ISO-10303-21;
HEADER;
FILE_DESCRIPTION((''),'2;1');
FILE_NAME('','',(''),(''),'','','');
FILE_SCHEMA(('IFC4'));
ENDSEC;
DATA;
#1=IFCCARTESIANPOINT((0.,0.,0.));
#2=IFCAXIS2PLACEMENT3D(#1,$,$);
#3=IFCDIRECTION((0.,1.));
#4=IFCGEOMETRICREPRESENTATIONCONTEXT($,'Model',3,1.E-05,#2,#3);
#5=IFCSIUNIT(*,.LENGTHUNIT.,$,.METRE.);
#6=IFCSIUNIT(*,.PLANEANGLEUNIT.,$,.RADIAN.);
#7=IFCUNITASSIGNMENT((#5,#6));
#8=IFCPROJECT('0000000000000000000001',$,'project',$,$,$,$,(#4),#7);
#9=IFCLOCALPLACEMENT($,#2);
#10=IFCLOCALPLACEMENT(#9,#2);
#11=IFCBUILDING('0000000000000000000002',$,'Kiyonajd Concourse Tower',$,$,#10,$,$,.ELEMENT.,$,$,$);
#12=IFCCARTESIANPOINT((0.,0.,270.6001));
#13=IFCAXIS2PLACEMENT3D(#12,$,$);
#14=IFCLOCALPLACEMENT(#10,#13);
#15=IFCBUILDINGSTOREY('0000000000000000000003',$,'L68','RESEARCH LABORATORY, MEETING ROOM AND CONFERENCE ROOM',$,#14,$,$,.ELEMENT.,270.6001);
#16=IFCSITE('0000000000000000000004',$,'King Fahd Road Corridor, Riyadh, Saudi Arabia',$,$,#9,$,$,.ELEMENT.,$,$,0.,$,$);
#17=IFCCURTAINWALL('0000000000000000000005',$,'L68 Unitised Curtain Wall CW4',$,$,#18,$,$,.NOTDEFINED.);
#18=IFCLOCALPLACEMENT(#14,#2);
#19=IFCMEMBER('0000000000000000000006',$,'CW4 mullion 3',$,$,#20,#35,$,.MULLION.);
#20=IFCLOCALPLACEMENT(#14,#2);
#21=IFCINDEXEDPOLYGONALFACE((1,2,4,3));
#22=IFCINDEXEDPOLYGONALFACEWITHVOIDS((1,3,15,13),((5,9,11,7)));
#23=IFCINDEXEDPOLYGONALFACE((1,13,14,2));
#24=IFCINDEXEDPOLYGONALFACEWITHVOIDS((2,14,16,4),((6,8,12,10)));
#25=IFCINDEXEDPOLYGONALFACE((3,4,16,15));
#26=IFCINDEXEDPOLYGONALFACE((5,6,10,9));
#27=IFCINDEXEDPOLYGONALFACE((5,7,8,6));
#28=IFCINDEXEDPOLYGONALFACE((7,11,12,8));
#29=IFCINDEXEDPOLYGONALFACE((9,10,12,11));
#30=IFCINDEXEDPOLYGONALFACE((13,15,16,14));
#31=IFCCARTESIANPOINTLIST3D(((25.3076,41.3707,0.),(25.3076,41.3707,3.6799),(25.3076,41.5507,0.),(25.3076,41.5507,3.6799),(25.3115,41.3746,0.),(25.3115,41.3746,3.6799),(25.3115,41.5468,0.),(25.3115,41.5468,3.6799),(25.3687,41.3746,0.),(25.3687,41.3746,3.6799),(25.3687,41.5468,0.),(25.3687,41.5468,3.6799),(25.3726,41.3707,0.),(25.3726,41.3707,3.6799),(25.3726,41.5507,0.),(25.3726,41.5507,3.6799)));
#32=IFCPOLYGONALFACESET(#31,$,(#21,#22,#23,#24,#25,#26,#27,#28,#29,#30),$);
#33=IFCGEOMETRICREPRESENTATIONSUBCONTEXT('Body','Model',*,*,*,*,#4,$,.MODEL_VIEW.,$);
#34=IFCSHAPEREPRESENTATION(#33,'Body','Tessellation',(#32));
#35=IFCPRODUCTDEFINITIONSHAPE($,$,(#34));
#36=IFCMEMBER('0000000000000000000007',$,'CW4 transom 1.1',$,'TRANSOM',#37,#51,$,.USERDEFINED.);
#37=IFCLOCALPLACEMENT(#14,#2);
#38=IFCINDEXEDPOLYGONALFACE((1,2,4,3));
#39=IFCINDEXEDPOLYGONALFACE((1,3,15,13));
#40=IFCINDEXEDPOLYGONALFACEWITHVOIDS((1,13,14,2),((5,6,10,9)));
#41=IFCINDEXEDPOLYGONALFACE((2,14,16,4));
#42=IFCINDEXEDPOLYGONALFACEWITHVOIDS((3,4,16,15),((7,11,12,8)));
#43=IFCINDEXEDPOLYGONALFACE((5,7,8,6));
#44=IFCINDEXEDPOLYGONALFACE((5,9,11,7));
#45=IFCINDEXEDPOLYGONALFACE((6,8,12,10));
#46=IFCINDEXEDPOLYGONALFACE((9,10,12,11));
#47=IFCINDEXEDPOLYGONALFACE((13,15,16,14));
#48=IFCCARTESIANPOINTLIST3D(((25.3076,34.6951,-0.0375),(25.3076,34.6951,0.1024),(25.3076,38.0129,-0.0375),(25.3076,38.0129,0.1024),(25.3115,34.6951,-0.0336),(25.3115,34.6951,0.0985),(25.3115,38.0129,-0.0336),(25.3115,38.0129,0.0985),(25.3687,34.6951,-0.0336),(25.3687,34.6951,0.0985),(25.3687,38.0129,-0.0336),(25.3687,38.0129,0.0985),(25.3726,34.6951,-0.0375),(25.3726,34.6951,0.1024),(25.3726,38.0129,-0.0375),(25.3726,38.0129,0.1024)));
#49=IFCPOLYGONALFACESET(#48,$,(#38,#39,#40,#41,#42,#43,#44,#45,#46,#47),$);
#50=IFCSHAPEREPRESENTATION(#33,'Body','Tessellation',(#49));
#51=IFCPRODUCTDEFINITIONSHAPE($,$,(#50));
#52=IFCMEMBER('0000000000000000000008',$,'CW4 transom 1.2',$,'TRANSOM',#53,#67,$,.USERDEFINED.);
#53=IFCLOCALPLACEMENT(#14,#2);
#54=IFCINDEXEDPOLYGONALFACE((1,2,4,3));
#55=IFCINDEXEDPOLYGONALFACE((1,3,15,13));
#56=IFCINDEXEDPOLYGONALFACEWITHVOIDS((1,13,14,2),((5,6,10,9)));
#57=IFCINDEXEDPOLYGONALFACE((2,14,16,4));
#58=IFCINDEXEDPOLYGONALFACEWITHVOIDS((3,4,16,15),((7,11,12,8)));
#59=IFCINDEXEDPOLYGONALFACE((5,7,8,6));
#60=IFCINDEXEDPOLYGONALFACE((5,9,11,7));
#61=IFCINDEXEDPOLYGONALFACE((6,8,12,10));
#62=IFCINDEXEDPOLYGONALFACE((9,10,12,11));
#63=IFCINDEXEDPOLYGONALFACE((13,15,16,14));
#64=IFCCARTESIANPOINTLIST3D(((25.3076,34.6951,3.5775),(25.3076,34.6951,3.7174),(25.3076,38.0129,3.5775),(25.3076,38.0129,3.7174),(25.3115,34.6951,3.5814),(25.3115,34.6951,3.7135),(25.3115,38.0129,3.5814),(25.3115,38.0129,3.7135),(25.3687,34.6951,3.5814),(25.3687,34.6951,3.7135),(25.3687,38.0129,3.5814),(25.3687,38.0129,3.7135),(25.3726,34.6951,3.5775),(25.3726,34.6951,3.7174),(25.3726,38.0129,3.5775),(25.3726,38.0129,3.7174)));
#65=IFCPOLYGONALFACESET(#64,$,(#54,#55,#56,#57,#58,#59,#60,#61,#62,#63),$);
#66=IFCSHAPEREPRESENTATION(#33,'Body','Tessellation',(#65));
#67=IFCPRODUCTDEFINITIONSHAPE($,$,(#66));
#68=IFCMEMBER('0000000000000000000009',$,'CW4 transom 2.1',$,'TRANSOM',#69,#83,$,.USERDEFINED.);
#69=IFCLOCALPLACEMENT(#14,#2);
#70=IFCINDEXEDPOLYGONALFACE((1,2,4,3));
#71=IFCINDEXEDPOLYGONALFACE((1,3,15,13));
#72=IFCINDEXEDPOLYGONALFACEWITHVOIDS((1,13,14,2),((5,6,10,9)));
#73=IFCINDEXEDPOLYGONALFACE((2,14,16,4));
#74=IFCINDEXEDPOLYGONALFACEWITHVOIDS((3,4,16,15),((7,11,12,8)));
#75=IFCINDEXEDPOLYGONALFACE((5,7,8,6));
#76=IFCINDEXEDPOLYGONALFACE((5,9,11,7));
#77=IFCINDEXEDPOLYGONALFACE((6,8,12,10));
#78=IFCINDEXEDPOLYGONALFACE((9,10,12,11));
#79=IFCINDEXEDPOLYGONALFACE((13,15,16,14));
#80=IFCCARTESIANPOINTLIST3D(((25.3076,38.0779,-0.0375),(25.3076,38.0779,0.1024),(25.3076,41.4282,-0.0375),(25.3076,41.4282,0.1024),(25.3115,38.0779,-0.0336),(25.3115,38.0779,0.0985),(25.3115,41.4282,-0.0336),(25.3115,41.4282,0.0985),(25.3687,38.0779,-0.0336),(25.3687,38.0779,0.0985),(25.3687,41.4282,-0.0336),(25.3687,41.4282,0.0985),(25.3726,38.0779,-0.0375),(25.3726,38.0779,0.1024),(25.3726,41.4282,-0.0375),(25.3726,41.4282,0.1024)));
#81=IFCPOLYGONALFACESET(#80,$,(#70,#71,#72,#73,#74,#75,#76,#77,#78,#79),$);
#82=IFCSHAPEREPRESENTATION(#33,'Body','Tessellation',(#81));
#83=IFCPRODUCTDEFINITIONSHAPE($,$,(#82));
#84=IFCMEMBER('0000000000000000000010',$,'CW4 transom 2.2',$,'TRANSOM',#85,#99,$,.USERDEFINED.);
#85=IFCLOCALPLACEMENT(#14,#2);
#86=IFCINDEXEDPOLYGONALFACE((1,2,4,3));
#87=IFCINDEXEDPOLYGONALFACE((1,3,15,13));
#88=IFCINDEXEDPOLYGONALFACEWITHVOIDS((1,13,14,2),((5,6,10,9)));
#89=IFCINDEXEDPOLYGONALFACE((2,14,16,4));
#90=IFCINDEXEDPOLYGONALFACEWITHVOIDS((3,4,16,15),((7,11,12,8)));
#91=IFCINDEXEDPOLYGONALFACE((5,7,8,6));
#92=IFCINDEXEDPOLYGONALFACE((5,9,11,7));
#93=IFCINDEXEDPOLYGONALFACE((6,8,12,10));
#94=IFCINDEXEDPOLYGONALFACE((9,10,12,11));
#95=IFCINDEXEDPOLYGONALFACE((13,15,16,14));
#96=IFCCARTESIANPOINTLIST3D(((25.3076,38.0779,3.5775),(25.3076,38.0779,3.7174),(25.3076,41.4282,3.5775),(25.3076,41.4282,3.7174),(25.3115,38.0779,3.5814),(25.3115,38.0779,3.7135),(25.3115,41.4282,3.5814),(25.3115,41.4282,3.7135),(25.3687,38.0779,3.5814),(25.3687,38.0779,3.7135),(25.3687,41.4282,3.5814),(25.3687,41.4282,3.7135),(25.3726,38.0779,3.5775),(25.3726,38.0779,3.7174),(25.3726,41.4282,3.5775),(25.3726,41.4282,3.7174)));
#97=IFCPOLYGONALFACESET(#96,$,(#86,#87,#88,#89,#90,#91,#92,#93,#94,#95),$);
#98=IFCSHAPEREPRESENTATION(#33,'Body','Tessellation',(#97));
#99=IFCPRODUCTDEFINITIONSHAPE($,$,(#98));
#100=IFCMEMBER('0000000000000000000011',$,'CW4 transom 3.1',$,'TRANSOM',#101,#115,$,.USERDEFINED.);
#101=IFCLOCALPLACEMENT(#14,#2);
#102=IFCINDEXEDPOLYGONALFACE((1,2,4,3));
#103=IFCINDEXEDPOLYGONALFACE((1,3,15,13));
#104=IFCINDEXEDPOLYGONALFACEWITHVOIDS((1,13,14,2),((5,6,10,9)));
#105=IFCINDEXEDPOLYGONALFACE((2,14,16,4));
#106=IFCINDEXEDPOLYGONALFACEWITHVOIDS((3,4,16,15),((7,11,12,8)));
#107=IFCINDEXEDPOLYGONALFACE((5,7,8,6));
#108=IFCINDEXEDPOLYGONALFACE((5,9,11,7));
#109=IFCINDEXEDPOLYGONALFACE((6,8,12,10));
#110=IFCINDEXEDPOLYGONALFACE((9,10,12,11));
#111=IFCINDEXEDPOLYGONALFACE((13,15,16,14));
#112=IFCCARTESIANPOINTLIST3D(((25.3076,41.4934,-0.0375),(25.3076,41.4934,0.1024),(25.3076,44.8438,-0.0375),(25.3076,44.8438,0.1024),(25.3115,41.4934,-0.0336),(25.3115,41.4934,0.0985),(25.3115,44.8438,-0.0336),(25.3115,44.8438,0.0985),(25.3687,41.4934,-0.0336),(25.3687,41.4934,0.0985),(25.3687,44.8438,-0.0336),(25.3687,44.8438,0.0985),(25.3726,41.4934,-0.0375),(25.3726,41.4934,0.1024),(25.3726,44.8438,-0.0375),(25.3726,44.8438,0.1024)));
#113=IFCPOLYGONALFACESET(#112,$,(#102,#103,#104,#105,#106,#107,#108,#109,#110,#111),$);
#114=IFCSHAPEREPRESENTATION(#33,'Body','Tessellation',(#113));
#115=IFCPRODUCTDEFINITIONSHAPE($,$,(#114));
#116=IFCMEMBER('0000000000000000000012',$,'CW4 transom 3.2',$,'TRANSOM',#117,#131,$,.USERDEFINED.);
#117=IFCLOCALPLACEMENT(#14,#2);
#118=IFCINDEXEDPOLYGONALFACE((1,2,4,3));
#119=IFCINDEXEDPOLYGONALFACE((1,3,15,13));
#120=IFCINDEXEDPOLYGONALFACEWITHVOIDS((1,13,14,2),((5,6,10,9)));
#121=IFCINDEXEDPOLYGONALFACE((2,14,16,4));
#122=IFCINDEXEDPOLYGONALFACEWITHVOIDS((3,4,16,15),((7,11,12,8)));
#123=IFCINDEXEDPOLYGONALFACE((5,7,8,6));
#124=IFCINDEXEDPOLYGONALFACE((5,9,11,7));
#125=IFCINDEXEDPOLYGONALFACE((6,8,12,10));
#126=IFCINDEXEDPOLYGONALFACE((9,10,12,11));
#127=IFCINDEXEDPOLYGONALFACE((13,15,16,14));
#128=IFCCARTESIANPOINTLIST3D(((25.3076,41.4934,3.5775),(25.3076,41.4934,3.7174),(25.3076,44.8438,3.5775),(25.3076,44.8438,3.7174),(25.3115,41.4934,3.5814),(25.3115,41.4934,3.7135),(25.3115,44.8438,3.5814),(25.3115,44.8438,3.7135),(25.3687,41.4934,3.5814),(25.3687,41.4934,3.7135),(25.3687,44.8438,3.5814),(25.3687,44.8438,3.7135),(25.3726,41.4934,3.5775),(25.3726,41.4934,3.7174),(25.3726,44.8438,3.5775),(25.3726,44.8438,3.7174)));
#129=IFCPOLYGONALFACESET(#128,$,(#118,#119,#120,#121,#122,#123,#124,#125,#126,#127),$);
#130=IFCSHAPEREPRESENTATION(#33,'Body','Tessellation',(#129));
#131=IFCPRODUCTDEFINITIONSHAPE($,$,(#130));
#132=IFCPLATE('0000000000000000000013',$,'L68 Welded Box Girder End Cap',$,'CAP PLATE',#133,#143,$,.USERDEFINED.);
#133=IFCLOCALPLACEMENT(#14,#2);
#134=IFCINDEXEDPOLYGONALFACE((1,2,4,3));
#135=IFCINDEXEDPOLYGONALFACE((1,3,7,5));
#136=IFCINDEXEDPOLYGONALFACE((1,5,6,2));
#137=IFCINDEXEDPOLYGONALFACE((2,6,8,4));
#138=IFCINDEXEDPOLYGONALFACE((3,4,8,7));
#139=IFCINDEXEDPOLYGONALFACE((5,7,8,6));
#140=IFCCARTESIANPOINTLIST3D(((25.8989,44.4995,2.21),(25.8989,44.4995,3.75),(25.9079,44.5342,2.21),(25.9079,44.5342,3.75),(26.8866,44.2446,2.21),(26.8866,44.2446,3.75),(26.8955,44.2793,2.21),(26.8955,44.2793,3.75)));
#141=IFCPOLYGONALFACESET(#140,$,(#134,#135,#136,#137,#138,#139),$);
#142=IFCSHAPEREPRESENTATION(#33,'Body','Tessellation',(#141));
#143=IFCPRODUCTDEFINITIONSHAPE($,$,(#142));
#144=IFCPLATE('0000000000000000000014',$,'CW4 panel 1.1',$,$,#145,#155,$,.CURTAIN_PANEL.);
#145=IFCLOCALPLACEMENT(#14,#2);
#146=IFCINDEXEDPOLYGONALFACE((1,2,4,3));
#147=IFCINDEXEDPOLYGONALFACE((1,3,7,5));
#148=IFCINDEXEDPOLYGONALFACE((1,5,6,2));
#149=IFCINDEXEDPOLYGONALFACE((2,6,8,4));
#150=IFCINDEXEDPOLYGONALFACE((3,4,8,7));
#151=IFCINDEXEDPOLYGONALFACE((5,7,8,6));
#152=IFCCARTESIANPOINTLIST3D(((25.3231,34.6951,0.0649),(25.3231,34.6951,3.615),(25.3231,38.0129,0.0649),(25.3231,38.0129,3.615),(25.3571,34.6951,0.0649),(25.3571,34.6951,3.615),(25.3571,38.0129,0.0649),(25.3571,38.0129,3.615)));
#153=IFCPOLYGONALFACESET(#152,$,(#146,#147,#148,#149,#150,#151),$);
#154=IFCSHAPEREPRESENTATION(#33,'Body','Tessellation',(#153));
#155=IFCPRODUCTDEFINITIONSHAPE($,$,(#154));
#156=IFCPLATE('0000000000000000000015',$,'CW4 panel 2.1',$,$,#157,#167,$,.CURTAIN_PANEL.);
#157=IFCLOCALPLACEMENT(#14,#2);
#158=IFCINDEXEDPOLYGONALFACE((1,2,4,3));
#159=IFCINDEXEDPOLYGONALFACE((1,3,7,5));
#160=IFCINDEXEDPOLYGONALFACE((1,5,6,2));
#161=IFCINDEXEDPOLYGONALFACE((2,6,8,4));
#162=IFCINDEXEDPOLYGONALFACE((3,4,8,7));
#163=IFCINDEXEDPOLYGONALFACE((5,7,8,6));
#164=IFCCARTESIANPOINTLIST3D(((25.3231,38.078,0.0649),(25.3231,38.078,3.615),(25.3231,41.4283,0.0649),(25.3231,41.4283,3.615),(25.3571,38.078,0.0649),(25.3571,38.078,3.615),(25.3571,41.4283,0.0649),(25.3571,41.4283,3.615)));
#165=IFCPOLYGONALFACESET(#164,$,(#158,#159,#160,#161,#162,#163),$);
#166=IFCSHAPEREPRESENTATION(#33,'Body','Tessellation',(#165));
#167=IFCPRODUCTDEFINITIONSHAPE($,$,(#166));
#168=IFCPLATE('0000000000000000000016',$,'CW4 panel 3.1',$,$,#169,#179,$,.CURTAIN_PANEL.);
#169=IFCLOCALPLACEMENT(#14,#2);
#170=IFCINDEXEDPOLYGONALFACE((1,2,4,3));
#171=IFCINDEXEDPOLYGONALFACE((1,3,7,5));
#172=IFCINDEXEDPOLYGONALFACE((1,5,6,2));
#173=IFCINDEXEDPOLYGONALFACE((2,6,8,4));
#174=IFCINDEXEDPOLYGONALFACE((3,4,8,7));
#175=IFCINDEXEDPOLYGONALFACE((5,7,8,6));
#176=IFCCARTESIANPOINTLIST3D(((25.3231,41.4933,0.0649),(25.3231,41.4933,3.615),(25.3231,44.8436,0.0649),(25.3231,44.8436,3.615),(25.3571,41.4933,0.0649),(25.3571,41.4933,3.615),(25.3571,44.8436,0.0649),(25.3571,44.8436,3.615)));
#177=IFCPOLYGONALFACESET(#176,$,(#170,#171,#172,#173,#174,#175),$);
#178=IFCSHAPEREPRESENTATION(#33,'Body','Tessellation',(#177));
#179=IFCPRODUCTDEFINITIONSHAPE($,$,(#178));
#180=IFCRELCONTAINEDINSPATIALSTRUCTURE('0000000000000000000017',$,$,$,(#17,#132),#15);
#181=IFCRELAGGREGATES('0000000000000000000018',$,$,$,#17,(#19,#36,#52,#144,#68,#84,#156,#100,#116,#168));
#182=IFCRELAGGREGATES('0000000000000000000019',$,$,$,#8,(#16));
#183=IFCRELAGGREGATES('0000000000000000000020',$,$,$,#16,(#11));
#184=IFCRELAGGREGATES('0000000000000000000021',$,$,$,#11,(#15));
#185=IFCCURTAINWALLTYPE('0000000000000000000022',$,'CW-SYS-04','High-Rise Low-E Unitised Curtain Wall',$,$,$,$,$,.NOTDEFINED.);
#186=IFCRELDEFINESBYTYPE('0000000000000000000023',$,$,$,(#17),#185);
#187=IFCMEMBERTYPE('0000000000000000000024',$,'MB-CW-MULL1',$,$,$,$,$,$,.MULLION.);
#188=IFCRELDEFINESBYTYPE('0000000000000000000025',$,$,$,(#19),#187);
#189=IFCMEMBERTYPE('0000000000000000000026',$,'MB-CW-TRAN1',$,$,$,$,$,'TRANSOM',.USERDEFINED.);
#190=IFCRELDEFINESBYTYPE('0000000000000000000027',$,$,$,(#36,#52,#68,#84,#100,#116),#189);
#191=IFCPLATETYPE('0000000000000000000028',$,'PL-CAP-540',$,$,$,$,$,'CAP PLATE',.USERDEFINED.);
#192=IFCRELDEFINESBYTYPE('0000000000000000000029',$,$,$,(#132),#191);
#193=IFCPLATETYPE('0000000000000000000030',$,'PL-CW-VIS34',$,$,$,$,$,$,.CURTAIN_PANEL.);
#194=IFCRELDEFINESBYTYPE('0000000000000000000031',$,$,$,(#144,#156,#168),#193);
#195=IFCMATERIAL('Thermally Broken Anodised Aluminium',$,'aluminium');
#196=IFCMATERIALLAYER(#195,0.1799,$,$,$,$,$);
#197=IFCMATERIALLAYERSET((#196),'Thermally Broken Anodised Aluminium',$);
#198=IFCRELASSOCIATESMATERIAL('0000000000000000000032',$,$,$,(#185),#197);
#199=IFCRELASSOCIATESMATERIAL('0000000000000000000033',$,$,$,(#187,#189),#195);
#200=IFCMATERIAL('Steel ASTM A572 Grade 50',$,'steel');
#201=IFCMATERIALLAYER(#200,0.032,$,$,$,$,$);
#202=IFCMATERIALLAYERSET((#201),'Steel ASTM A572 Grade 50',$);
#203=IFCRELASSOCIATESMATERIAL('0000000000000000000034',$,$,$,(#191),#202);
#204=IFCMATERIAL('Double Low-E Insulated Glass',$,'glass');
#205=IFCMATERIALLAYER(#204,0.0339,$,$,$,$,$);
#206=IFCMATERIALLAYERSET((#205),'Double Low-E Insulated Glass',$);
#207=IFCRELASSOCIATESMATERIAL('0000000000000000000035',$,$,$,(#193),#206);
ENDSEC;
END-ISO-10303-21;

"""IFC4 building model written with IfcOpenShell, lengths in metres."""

from ifc_helpers import new_model, si_unit, direction, frame, origin, origin_2d, place, context, subcontext, project, spatial, rectangle, hollow_rectangle, extrude, material, layer, layer_set, material_profile, profile_set, type_object, element, aggregate, save


model = new_model("IFC4")

# Units and contexts
model_context = context("Model", 3, precision=1e-05, world=origin(), true_north=direction((0.0, 1.0)))
body_context = subcontext(model_context, "Body", "Model", "MODEL_VIEW")
ifc_project = project(units=[si_unit("LENGTHUNIT", "METRE"), si_unit("PLANEANGLEUNIT", "RADIAN")], contexts=[model_context])

# Site, building, storey
site_placement = place(None, origin())
site = spatial("IfcSite", under=ifc_project, at=site_placement, Name="King Fahd Road Corridor, Riyadh, Saudi Arabia", CompositionType="ELEMENT", RefElevation=0.0)
building_placement = place(site_placement, origin())
building = spatial("IfcBuilding", under=site, at=building_placement, Name="Kiyonajd Concourse Tower", CompositionType="ELEMENT")
storey_placement = place(building_placement, frame((0.0, 0.0, 270.6001)))
storey = spatial("IfcBuildingStorey", under=building, at=storey_placement, Name="L68", Description="RESEARCH LABORATORY, MEETING ROOM AND CONFERENCE ROOM", CompositionType="ELEMENT", Elevation=270.6001)

# Curtain wall, members
ifc_material_1 = material(Name="Thermally Broken Anodised Aluminium", Category="aluminium")
ifc_layer_1 = layer(ifc_material_1, 0.1799)
ifc_layer_set_1 = layer_set([ifc_layer_1], Name="Thermally Broken Anodised Aluminium")
curtain_wall_type = type_object("IfcCurtainWallType", Name="CW-SYS-04", Description="High-Rise Low-E Unitised Curtain Wall", PredefinedType="NOTDEFINED", material=ifc_layer_set_1)
curtain_wall_placement = place(storey_placement, origin())
curtain_wall = element("IfcCurtainWall", 1, at=curtain_wall_placement, inside=storey, type_object=curtain_wall_type, Name="L68 Unitised Curtain Wall CW4", PredefinedType="NOTDEFINED")
ifc_material_profile_1 = material_profile(ifc_material_1, hollow_rectangle(XDim=0.0649, YDim=0.1799, WallThickness=0.0039, at=origin_2d()), Name="MULL-65x180")
ifc_profile_set_1 = profile_set([ifc_material_profile_1], Name="Thermally Broken Anodised Aluminium")
member_type_1 = type_object("IfcMemberType", Name="MB-CW-MULL1", PredefinedType="MULLION", material=ifc_profile_set_1)
member_1_placement = place(storey_placement, frame((25.3401, 41.4607, 0.0), z_axis=(0.0, 0.0, 1.0), x_axis=(-1.0, 0.0, 0.0)))
member_1 = element("IfcMember", 2, at=member_1_placement, type_object=member_type_1, Name="CW4 mullion 3", PredefinedType="MULLION", context=body_context, shape_type="SweptSolid", body=[
    extrude(hollow_rectangle(XDim=0.0649, YDim=0.1799, WallThickness=0.0039, at=origin_2d()), origin(), (0.0, 0.0, 1.0), 3.6799),
])
ifc_material_profile_2 = material_profile(ifc_material_1, hollow_rectangle(XDim=0.0649, YDim=0.1399, WallThickness=0.0039, at=origin_2d()), Name="TRAN-65x140")
ifc_profile_set_2 = profile_set([ifc_material_profile_2], Name="Thermally Broken Anodised Aluminium")
member_type_2 = type_object("IfcMemberType", Name="MB-CW-TRAN1", ElementType="TRANSOM", PredefinedType="USERDEFINED", material=ifc_profile_set_2)
member_2_placement = place(storey_placement, frame((25.3401, 34.6951, 0.0325), z_axis=(0.0, 1.0, 0.0), x_axis=(-1.0, 0.0, 0.0)))
member_2 = element("IfcMember", 3, at=member_2_placement, type_object=member_type_2, Name="CW4 transom 1.1", ObjectType="TRANSOM", PredefinedType="USERDEFINED", context=body_context, shape_type="SweptSolid", body=[
    extrude(hollow_rectangle(XDim=0.0649, YDim=0.1399, WallThickness=0.0039, at=origin_2d()), origin(), (0.0, 0.0, 1.0), 3.3179),
])
member_3_placement = place(storey_placement, frame((25.3401, 34.6951, 3.6475), z_axis=(0.0, 1.0, 0.0), x_axis=(-1.0, 0.0, 0.0)))
member_3 = element("IfcMember", 4, at=member_3_placement, type_object=member_type_2, Name="CW4 transom 1.2", ObjectType="TRANSOM", PredefinedType="USERDEFINED", context=body_context, shape_type="SweptSolid", body=[
    extrude(hollow_rectangle(XDim=0.0649, YDim=0.1399, WallThickness=0.0039, at=origin_2d()), origin(), (0.0, 0.0, 1.0), 3.3179),
])
member_4_placement = place(storey_placement, frame((25.3401, 38.0779, 0.0325), z_axis=(0.0, 1.0, 0.0), x_axis=(-1.0, 0.0, 0.0)))
member_4 = element("IfcMember", 5, at=member_4_placement, type_object=member_type_2, Name="CW4 transom 2.1", ObjectType="TRANSOM", PredefinedType="USERDEFINED", context=body_context, shape_type="SweptSolid", body=[
    extrude(hollow_rectangle(XDim=0.0649, YDim=0.1399, WallThickness=0.0039, at=origin_2d()), origin(), (0.0, 0.0, 1.0), 3.3503),
])
member_5_placement = place(storey_placement, frame((25.3401, 38.0779, 3.6475), z_axis=(0.0, 1.0, 0.0), x_axis=(-1.0, 0.0, 0.0)))
member_5 = element("IfcMember", 6, at=member_5_placement, type_object=member_type_2, Name="CW4 transom 2.2", ObjectType="TRANSOM", PredefinedType="USERDEFINED", context=body_context, shape_type="SweptSolid", body=[
    extrude(hollow_rectangle(XDim=0.0649, YDim=0.1399, WallThickness=0.0039, at=origin_2d()), origin(), (0.0, 0.0, 1.0), 3.3503),
])
member_6_placement = place(storey_placement, frame((25.3401, 41.4934, 0.0325), z_axis=(0.0, 1.0, 0.0), x_axis=(-1.0, 0.0, 0.0)))
member_6 = element("IfcMember", 7, at=member_6_placement, type_object=member_type_2, Name="CW4 transom 3.1", ObjectType="TRANSOM", PredefinedType="USERDEFINED", context=body_context, shape_type="SweptSolid", body=[
    extrude(hollow_rectangle(XDim=0.0649, YDim=0.1399, WallThickness=0.0039, at=origin_2d()), origin(), (0.0, 0.0, 1.0), 3.3503),
])
member_7_placement = place(storey_placement, frame((25.3401, 41.4934, 3.6475), z_axis=(0.0, 1.0, 0.0), x_axis=(-1.0, 0.0, 0.0)))
member_7 = element("IfcMember", 8, at=member_7_placement, type_object=member_type_2, Name="CW4 transom 3.2", ObjectType="TRANSOM", PredefinedType="USERDEFINED", context=body_context, shape_type="SweptSolid", body=[
    extrude(hollow_rectangle(XDim=0.0649, YDim=0.1399, WallThickness=0.0039, at=origin_2d()), origin(), (0.0, 0.0, 1.0), 3.3503),
])

# Plates
ifc_material_2 = material(Name="Steel ASTM A572 Grade 50", Category="steel")
ifc_layer_2 = layer(ifc_material_2, 0.032)
ifc_layer_set_2 = layer_set([ifc_layer_2], Name="Steel ASTM A572 Grade 50")
plate_type_1 = type_object("IfcPlateType", Name="PL-CAP-540", ElementType="CAP PLATE", PredefinedType="USERDEFINED", material=ifc_layer_set_2)
plate_1_placement = place(storey_placement, frame((26.3972, 44.3894, 2.21), z_axis=(0.0, 0.0, 1.0), x_axis=(-0.249873, -0.968279, 0.0)))
element("IfcPlate", 9, at=plate_1_placement, inside=storey, type_object=plate_type_1, Name="L68 Welded Box Girder End Cap", ObjectType="CAP PLATE", PredefinedType="USERDEFINED", context=body_context, shape_type="SweptSolid", body=[
    extrude(rectangle(XDim=0.0359, YDim=1.02, at=origin_2d()), origin(), (0.0, 0.0, 1.0), 1.54),
])
ifc_material_3 = material(Name="Double Low-E Insulated Glass", Category="glass")
ifc_layer_3 = layer(ifc_material_3, 0.0339)
ifc_layer_set_3 = layer_set([ifc_layer_3], Name="Double Low-E Insulated Glass")
plate_type_2 = type_object("IfcPlateType", Name="PL-CW-VIS34", PredefinedType="CURTAIN_PANEL", material=ifc_layer_set_3)
plate_2_placement = place(storey_placement, frame((25.3401, 36.354, 0.0649), z_axis=(0.0, 0.0, 1.0), x_axis=(0.0, 1.0, 0.0)))
plate_2 = element("IfcPlate", 10, at=plate_2_placement, type_object=plate_type_2, Name="CW4 panel 1.1", PredefinedType="CURTAIN_PANEL", context=body_context, shape_type="SweptSolid", body=[
    extrude(rectangle(XDim=3.3179, YDim=0.0339, at=origin_2d()), origin(), (0.0, 0.0, 1.0), 3.55),
])
plate_3_placement = place(storey_placement, frame((25.3401, 39.7532, 0.0649), z_axis=(0.0, 0.0, 1.0), x_axis=(0.0, 1.0, 0.0)))
plate_3 = element("IfcPlate", 11, at=plate_3_placement, type_object=plate_type_2, Name="CW4 panel 2.1", PredefinedType="CURTAIN_PANEL", context=body_context, shape_type="SweptSolid", body=[
    extrude(rectangle(XDim=3.3503, YDim=0.0339, at=origin_2d()), origin(), (0.0, 0.0, 1.0), 3.55),
])
plate_4_placement = place(storey_placement, frame((25.3401, 43.1685, 0.0649), z_axis=(0.0, 0.0, 1.0), x_axis=(0.0, 1.0, 0.0)))
plate_4 = element("IfcPlate", 12, at=plate_4_placement, type_object=plate_type_2, Name="CW4 panel 3.1", PredefinedType="CURTAIN_PANEL", context=body_context, shape_type="SweptSolid", body=[
    extrude(rectangle(XDim=3.3503, YDim=0.0339, at=origin_2d()), origin(), (0.0, 0.0, 1.0), 3.55),
])
aggregate(curtain_wall, [member_1, member_2, member_3, plate_2, member_4, member_5, plate_3, member_6, member_7, plate_4])

save(model, "model.ifc")
